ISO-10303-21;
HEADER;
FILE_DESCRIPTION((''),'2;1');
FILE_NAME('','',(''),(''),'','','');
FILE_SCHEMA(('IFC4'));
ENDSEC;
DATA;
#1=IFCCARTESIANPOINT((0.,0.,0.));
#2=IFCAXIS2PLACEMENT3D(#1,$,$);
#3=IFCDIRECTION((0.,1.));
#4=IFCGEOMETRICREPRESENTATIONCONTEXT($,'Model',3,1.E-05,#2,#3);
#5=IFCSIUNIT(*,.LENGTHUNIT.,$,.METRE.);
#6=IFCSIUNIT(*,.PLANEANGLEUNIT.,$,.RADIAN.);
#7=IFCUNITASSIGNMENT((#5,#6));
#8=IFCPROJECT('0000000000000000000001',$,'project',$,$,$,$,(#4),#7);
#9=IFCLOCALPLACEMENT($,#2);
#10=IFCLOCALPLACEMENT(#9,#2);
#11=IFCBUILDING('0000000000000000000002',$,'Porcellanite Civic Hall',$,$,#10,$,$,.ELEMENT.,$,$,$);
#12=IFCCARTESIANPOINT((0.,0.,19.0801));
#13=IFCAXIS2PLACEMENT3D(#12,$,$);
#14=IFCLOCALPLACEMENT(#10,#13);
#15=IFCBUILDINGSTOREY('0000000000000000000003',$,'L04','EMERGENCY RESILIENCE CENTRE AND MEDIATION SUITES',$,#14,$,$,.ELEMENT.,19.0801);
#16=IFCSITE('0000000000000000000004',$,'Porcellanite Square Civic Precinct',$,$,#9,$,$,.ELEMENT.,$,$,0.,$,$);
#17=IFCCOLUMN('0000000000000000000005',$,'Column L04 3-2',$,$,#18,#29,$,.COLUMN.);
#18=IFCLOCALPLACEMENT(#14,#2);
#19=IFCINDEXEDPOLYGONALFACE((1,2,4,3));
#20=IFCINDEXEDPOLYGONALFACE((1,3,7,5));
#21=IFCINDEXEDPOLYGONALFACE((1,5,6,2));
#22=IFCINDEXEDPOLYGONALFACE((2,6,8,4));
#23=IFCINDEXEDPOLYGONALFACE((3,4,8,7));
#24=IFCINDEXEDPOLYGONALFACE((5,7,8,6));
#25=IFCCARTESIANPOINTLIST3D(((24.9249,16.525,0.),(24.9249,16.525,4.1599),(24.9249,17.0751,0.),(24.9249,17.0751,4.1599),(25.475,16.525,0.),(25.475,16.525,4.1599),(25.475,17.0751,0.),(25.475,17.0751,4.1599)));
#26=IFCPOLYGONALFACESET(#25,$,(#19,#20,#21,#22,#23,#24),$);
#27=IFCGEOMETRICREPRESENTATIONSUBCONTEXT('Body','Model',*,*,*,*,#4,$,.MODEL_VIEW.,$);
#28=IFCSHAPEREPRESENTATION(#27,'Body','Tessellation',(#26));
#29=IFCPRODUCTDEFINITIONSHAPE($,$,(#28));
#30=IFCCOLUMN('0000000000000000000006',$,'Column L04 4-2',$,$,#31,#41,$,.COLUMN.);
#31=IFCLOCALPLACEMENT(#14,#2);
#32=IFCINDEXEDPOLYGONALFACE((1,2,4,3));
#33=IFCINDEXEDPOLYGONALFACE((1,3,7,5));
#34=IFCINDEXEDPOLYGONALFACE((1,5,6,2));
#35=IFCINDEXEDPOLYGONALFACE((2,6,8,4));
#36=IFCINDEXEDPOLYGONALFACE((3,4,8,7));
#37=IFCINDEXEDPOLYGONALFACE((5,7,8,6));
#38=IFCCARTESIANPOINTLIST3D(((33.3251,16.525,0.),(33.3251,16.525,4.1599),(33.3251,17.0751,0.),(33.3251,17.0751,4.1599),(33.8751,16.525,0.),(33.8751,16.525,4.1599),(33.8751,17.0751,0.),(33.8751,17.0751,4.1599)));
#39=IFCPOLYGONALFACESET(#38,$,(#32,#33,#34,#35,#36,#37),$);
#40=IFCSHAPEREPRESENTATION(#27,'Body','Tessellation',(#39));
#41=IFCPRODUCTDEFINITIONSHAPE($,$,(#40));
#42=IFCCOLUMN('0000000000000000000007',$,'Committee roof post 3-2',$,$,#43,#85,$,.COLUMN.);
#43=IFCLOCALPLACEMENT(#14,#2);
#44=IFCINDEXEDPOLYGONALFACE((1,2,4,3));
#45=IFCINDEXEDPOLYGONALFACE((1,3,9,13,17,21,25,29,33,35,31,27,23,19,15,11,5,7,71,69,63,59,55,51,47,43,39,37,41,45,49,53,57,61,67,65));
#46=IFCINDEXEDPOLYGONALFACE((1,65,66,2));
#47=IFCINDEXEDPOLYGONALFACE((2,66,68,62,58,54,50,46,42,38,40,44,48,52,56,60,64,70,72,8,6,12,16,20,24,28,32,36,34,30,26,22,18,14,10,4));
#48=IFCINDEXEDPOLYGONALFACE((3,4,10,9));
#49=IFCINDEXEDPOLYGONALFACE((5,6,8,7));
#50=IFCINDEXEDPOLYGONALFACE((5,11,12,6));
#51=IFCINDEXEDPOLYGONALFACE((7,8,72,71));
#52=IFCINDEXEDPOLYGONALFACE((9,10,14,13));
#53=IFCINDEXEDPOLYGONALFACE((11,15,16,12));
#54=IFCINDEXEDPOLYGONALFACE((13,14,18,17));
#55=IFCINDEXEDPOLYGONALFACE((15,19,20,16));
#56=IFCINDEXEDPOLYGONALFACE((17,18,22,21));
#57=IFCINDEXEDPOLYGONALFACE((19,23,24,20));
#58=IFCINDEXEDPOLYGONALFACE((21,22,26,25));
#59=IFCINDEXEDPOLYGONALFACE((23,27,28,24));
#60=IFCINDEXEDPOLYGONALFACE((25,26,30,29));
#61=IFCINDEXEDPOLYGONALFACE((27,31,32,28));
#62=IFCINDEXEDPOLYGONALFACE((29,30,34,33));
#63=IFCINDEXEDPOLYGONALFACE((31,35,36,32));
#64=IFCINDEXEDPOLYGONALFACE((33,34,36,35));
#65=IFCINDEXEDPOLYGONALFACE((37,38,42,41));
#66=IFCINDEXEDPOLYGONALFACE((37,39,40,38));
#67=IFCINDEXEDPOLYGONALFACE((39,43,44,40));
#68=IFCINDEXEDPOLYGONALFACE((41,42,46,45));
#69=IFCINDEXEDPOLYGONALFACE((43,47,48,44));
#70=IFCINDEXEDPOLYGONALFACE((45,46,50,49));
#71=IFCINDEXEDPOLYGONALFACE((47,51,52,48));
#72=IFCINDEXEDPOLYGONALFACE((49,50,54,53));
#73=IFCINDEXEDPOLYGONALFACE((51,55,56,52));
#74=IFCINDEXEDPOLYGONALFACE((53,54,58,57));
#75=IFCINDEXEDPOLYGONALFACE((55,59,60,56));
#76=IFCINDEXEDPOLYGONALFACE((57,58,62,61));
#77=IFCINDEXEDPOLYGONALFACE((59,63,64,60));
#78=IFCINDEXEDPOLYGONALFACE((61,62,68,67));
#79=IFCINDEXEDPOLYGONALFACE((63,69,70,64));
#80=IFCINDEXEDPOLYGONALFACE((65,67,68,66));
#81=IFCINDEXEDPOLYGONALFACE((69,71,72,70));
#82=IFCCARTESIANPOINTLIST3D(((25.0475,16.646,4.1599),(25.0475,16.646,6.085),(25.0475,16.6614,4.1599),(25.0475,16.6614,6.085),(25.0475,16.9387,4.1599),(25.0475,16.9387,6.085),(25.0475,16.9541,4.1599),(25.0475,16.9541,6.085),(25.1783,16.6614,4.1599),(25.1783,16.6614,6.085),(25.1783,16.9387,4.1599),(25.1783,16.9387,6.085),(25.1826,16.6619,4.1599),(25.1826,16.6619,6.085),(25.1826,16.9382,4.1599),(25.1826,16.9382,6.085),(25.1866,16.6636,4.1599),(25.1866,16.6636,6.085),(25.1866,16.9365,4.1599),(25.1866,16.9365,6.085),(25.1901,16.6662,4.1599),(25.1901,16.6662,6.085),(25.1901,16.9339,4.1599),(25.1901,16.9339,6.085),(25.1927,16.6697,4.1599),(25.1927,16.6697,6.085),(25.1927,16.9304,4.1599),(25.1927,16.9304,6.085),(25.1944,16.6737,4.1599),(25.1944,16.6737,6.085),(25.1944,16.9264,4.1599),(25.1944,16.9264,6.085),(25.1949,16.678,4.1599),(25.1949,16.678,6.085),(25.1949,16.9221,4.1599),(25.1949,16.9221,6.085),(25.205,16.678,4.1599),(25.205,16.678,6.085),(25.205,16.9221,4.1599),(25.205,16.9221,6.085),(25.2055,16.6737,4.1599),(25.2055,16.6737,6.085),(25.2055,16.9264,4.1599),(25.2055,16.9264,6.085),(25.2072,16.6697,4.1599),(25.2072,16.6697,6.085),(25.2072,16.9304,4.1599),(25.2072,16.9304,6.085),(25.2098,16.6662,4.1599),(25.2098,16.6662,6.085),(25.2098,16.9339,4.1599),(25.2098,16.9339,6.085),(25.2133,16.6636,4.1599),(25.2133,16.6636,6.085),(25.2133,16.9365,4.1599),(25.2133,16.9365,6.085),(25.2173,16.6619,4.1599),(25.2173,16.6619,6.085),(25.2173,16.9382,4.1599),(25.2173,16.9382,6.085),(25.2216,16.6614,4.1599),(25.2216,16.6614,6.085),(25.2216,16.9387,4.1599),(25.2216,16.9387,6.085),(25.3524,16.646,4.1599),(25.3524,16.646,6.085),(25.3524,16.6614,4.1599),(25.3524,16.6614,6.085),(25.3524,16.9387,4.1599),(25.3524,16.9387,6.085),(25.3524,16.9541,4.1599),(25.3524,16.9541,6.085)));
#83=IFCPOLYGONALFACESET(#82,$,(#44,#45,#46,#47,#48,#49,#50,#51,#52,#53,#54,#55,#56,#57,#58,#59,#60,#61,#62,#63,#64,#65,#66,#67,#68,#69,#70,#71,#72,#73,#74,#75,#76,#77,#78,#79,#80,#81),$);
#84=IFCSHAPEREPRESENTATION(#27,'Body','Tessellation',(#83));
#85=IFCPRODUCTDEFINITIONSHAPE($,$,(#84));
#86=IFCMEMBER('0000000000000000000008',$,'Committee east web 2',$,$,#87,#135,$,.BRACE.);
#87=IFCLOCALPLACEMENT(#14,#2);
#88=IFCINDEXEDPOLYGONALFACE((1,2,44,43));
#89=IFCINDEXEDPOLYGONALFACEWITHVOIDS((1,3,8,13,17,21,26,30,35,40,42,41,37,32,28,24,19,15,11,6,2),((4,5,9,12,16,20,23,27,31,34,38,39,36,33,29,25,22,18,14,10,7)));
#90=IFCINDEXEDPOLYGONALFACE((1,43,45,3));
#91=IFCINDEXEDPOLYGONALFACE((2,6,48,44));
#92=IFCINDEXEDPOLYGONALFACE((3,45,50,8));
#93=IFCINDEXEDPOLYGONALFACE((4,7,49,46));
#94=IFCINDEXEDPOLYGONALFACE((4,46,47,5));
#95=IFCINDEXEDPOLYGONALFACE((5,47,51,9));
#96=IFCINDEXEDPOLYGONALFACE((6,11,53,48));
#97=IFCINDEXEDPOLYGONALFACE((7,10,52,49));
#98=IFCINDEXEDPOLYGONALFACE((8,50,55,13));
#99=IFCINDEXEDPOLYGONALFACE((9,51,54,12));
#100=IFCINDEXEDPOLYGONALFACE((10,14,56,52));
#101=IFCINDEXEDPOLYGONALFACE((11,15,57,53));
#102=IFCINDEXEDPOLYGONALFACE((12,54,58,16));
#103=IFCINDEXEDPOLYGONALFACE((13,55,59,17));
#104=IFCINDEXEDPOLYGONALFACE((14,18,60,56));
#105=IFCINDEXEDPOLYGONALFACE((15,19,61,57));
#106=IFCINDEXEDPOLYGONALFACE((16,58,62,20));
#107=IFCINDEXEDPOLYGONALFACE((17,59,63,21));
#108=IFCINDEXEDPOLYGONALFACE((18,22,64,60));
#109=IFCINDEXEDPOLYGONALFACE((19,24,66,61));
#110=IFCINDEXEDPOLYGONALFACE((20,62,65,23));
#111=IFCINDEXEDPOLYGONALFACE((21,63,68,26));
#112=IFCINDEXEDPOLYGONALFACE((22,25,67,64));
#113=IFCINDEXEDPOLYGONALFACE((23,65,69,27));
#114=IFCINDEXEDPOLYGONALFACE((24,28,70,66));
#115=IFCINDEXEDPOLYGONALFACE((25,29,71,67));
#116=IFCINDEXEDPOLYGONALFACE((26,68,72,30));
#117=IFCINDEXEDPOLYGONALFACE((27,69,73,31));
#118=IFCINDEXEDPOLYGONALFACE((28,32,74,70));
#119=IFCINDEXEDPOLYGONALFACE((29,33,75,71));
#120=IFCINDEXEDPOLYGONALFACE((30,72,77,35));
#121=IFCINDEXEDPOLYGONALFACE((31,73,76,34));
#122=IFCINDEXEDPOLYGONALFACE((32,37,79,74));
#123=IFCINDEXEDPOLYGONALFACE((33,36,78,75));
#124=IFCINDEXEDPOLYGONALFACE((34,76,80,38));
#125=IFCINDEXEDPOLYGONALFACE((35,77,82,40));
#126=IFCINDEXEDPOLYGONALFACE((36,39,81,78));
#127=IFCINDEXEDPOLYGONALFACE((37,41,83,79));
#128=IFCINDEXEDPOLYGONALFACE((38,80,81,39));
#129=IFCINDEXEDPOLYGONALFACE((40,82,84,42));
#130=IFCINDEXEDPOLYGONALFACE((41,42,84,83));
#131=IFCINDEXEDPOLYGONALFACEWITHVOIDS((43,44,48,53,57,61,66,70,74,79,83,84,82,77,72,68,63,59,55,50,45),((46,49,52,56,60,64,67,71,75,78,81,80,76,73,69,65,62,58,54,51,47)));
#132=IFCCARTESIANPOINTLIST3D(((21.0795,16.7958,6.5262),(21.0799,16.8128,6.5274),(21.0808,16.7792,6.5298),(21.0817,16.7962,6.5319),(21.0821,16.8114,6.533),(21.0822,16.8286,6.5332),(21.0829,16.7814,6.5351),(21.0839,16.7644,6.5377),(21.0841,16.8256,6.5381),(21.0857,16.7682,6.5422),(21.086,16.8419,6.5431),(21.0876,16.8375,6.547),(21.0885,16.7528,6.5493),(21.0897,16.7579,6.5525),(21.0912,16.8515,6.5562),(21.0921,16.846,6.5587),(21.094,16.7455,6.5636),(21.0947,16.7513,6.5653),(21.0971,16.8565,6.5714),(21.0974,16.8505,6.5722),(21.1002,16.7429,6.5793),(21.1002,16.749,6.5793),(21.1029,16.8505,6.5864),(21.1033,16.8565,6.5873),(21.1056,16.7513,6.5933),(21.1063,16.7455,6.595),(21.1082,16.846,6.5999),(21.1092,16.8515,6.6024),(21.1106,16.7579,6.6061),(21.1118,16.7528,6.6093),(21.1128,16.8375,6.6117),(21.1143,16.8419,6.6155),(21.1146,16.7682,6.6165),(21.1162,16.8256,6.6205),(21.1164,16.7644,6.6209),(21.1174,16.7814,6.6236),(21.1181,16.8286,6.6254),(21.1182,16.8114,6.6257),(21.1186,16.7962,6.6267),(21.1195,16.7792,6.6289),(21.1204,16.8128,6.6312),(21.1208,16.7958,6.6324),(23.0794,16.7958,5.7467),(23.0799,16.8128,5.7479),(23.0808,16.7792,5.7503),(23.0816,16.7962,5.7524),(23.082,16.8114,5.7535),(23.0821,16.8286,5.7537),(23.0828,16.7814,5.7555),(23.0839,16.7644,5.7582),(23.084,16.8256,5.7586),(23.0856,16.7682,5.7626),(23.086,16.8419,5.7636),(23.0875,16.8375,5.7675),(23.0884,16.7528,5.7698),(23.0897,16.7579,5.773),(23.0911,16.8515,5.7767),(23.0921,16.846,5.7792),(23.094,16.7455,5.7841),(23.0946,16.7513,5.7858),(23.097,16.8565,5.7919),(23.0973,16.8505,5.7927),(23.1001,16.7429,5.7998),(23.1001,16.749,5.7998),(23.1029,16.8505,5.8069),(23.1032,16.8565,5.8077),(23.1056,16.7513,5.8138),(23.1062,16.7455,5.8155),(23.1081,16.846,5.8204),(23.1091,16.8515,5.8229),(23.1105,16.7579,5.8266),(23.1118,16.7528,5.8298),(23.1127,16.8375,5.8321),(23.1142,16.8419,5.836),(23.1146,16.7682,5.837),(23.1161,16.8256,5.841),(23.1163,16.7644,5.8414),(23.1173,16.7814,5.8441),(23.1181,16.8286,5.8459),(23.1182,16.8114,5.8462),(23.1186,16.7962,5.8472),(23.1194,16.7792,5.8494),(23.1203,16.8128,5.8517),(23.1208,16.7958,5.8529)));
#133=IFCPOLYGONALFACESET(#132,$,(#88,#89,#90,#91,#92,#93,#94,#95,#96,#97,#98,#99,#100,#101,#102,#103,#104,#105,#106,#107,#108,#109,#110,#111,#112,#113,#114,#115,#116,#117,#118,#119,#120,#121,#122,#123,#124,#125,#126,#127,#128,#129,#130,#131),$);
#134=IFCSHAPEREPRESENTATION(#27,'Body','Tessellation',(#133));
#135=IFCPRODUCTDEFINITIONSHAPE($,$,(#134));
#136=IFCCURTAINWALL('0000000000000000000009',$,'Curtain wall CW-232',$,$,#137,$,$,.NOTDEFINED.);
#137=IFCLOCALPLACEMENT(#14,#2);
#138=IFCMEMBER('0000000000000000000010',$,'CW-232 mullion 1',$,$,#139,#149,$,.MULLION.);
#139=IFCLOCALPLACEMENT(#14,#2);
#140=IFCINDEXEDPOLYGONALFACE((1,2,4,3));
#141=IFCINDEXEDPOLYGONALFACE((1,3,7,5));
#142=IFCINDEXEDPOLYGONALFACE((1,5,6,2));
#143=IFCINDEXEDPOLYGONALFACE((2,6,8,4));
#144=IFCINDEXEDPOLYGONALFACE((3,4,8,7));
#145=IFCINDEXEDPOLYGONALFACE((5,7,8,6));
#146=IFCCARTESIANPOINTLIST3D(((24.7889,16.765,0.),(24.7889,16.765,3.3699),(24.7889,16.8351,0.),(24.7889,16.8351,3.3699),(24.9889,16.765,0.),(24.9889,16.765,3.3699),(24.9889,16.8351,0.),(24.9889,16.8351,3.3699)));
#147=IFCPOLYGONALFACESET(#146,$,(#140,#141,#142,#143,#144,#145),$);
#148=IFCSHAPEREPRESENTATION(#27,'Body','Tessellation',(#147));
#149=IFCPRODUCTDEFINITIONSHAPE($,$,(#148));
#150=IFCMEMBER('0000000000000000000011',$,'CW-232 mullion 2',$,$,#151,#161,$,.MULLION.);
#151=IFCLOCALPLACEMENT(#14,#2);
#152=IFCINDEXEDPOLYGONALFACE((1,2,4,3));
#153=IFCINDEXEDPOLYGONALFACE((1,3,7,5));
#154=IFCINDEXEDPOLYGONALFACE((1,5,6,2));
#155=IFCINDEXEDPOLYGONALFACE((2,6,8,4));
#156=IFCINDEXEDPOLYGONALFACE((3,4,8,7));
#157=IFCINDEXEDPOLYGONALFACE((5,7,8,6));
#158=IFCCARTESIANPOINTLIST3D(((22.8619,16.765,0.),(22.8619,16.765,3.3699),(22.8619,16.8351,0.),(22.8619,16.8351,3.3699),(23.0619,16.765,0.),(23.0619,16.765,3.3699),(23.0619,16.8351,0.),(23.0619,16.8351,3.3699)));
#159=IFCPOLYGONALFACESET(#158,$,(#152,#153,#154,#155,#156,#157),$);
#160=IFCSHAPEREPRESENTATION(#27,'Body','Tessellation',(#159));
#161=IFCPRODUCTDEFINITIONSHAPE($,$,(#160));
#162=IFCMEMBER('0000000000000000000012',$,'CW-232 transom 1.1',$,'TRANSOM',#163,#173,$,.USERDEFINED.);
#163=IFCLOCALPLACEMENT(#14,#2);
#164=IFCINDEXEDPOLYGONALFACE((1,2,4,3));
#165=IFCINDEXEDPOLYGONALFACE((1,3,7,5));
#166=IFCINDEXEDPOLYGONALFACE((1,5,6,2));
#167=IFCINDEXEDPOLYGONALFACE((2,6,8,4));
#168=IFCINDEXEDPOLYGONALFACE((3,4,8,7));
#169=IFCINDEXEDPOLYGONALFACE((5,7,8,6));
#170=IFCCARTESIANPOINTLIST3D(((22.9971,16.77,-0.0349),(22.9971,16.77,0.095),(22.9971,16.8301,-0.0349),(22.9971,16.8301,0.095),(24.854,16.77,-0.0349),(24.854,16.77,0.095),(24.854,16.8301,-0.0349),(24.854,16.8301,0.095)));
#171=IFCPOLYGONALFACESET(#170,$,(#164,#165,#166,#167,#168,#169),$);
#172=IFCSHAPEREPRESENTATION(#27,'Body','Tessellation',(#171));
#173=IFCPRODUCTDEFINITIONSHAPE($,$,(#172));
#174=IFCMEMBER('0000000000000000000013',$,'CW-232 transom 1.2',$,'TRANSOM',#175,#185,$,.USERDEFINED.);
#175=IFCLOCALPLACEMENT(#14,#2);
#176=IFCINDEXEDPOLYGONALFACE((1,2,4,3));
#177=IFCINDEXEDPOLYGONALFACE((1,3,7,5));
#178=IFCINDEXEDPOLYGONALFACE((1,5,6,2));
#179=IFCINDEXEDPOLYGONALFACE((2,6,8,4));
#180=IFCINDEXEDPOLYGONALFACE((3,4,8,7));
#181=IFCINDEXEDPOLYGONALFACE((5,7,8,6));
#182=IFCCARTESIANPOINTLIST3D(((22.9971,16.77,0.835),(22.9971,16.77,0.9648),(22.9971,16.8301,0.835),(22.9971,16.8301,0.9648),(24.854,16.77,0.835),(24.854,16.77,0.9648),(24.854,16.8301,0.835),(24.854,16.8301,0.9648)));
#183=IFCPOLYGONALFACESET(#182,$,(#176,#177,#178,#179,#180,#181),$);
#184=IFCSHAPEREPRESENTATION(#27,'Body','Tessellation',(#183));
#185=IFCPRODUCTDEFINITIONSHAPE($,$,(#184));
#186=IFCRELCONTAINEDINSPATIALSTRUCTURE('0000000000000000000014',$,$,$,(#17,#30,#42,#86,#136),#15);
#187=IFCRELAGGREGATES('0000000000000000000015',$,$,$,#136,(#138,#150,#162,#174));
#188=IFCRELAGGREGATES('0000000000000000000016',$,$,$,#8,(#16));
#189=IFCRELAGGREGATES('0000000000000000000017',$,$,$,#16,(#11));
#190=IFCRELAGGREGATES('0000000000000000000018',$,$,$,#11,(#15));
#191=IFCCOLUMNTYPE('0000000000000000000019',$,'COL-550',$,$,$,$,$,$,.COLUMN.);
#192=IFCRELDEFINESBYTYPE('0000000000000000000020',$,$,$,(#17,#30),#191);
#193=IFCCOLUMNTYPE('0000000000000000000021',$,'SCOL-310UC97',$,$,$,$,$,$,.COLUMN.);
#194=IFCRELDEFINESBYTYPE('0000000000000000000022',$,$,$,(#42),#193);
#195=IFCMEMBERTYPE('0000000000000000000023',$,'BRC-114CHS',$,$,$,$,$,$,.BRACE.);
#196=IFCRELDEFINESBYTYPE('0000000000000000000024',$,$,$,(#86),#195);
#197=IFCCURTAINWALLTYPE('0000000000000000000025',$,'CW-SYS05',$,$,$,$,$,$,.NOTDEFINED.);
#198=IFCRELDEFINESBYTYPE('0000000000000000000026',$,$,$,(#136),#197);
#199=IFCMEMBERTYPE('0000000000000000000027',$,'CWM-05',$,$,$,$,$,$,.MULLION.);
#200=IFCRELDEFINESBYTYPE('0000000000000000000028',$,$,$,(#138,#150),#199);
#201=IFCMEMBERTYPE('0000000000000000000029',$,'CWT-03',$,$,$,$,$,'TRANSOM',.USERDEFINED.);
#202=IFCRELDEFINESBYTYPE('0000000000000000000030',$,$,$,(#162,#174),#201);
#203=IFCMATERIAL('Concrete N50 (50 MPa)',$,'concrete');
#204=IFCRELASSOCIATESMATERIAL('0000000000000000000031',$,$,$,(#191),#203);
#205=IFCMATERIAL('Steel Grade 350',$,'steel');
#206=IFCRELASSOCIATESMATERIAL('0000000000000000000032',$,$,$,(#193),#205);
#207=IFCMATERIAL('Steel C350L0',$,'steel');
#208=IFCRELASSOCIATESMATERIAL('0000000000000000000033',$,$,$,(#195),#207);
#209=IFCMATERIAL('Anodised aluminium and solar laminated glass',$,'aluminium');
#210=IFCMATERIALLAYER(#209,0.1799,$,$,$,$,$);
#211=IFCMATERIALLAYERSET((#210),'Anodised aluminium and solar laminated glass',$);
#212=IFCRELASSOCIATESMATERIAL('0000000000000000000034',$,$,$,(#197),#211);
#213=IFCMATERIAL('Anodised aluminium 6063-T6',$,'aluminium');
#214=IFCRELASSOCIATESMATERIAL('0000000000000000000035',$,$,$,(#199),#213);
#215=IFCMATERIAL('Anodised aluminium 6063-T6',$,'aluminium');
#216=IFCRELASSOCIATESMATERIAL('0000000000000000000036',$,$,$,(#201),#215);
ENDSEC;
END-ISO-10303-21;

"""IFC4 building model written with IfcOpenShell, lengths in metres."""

from ifc_helpers import new_model, si_unit, direction, frame, origin, origin_2d, place, context, subcontext, project, spatial, rectangle, hollow_circle, i_section, extrude, material, layer, layer_set, material_profile, profile_set, type_object, element, aggregate, save


model = new_model("IFC4")

# Units and contexts
model_context = context("Model", 3, precision=1e-05, world=origin(), true_north=direction((0.0, 1.0)))
body_context = subcontext(model_context, "Body", "Model", "MODEL_VIEW")
ifc_project = project(units=[si_unit("LENGTHUNIT", "METRE"), si_unit("PLANEANGLEUNIT", "RADIAN")], contexts=[model_context])

# Site, building, storey
site_placement = place(None, origin())
site = spatial("IfcSite", under=ifc_project, at=site_placement, Name="Porcellanite Square Civic Precinct", CompositionType="ELEMENT", RefElevation=0.0)
building_placement = place(site_placement, origin())
building = spatial("IfcBuilding", under=site, at=building_placement, Name="Porcellanite Civic Hall", CompositionType="ELEMENT")
storey_placement = place(building_placement, frame((0.0, 0.0, 19.0801)))
storey = spatial("IfcBuildingStorey", under=building, at=storey_placement, Name="L04", Description="EMERGENCY RESILIENCE CENTRE AND MEDIATION SUITES", CompositionType="ELEMENT", Elevation=19.0801)

# Columns
ifc_material_1 = material(Name="Concrete N50 (50 MPa)", Category="concrete")
ifc_material_profile_1 = material_profile(ifc_material_1, rectangle(XDim=0.55, YDim=0.55, at=origin_2d()), Name="RC-550x550")
ifc_profile_set_1 = profile_set([ifc_material_profile_1], Name="Concrete N50 (50 MPa)")
column_type_1 = type_object("IfcColumnType", Name="COL-550", PredefinedType="COLUMN", material=ifc_profile_set_1)
for number, where, z_axis, x_axis, name in (
    (1, (25.2, 16.8, 0.0), (0.0, 0.0, 1.0), (1.0, 0.0, 0.0), "Column L04 3-2"),
    (2, (33.6001, 16.8, 0.0), (0.0, 0.0, 1.0), (1.0, 0.0, 0.0), "Column L04 4-2"),
):
    element("IfcColumn", number, at=place(storey_placement, frame(where, z_axis=z_axis, x_axis=x_axis)), inside=storey, type_object=column_type_1, Name=name, PredefinedType="COLUMN", context=body_context, shape_type="SweptSolid", body=[
        extrude(rectangle(XDim=0.55, YDim=0.55, at=origin_2d()), origin(), (0.0, 0.0, 1.0), 4.1599),
    ])
ifc_material_2 = material(Name="Steel Grade 350", Category="steel")
ifc_material_profile_2 = material_profile(ifc_material_2, i_section(OverallWidth=0.3049, OverallDepth=0.3081, WebThickness=0.01, FlangeThickness=0.0154, FilletRadius=0.0166, at=origin_2d()), Name="310UC96.8")
ifc_profile_set_2 = profile_set([ifc_material_profile_2], Name="Steel Grade 350")
column_type_2 = type_object("IfcColumnType", Name="SCOL-310UC97", PredefinedType="COLUMN", material=ifc_profile_set_2)
column_placement = place(storey_placement, frame((25.2, 16.8, 4.1599), z_axis=(0.0, 0.0, 1.0), x_axis=(1.0, 0.0, 0.0)))
element("IfcColumn", 3, at=column_placement, inside=storey, type_object=column_type_2, Name="Committee roof post 3-2", PredefinedType="COLUMN", context=body_context, shape_type="SweptSolid", body=[
    extrude(i_section(OverallWidth=0.3049, OverallDepth=0.3081, WebThickness=0.01, FlangeThickness=0.0154, FilletRadius=0.0166, at=origin_2d()), origin(), (0.0, 0.0, 1.0), 1.925),
])

# Member
ifc_material_3 = material(Name="Steel C350L0", Category="steel")
ifc_material_profile_3 = material_profile(ifc_material_3, hollow_circle(Radius=0.0571, WallThickness=0.0061, at=origin_2d()), Name="114.3x6.0CHS")
ifc_profile_set_3 = profile_set([ifc_material_profile_3], Name="Steel C350L0")
member_type_1 = type_object("IfcMemberType", Name="BRC-114CHS", PredefinedType="BRACE", material=ifc_profile_set_3)
member_1_placement = place(storey_placement, frame((23.1001, 16.8, 5.7998), z_axis=(-0.931727, 0.0, 0.36316), x_axis=(0.0, -1.0, 0.0)))
element("IfcMember", 4, at=member_1_placement, inside=storey, type_object=member_type_1, Name="Committee east web 2", PredefinedType="BRACE", context=body_context, shape_type="SweptSolid", body=[
    extrude(hollow_circle(Radius=0.0571, WallThickness=0.0061, at=origin_2d()), origin(), (0.0, 0.0, 1.0), 2.1465),
])

# Curtain wall, members
ifc_material_4 = material(Name="Anodised aluminium and solar laminated glass", Category="aluminium")
ifc_layer_1 = layer(ifc_material_4, 0.1799)
ifc_layer_set_1 = layer_set([ifc_layer_1], Name="Anodised aluminium and solar laminated glass")
curtain_wall_type = type_object("IfcCurtainWallType", Name="CW-SYS05", PredefinedType="NOTDEFINED", material=ifc_layer_set_1)
curtain_wall_placement = place(storey_placement, origin())
curtain_wall = element("IfcCurtainWall", 5, at=curtain_wall_placement, inside=storey, type_object=curtain_wall_type, Name="Curtain wall CW-232", PredefinedType="NOTDEFINED")
ifc_material_5 = material(Name="Anodised aluminium 6063-T6", Category="aluminium")
ifc_material_profile_4 = material_profile(ifc_material_5, rectangle(XDim=0.0701, YDim=0.2, at=origin_2d()), Name="AL-70x200")
ifc_profile_set_4 = profile_set([ifc_material_profile_4], Name="Anodised aluminium 6063-T6")
member_type_2 = type_object("IfcMemberType", Name="CWM-05", PredefinedType="MULLION", material=ifc_profile_set_4)
member_2_placement = place(storey_placement, frame((24.8889, 16.8, 0.0), z_axis=(0.0, 0.0, 1.0), x_axis=(0.0, -1.0, 0.0)))
member_2 = element("IfcMember", 6, at=member_2_placement, type_object=member_type_2, Name="CW-232 mullion 1", PredefinedType="MULLION", context=body_context, shape_type="SweptSolid", body=[
    extrude(rectangle(XDim=0.0701, YDim=0.2, at=origin_2d()), origin(), (0.0, 0.0, 1.0), 3.3699),
])
member_3_placement = place(storey_placement, frame((22.9619, 16.8, 0.0), z_axis=(0.0, 0.0, 1.0), x_axis=(0.0, -1.0, 0.0)))
member_3 = element("IfcMember", 7, at=member_3_placement, type_object=member_type_2, Name="CW-232 mullion 2", PredefinedType="MULLION", context=body_context, shape_type="SweptSolid", body=[
    extrude(rectangle(XDim=0.0701, YDim=0.2, at=origin_2d()), origin(), (0.0, 0.0, 1.0), 3.3699),
])
ifc_material_6 = material(Name="Anodised aluminium 6063-T6", Category="aluminium")
ifc_material_profile_5 = material_profile(ifc_material_6, rectangle(XDim=0.0601, YDim=0.1299, at=origin_2d()), Name="AL-60x130")
ifc_profile_set_5 = profile_set([ifc_material_profile_5], Name="Anodised aluminium 6063-T6")
member_type_3 = type_object("IfcMemberType", Name="CWT-03", ElementType="TRANSOM", PredefinedType="USERDEFINED", material=ifc_profile_set_5)
member_4_placement = place(storey_placement, frame((24.854, 16.8, 0.03), z_axis=(-1.0, 0.0, 0.0), x_axis=(0.0, -1.0, 0.0)))
member_4 = element("IfcMember", 8, at=member_4_placement, type_object=member_type_3, Name="CW-232 transom 1.1", ObjectType="TRANSOM", PredefinedType="USERDEFINED", context=body_context, shape_type="SweptSolid", body=[
    extrude(rectangle(XDim=0.0601, YDim=0.1299, at=origin_2d()), origin(), (0.0, 0.0, 1.0), 1.8569),
])
member_5_placement = place(storey_placement, frame((24.854, 16.8, 0.8999), z_axis=(-1.0, 0.0, 0.0), x_axis=(0.0, -1.0, 0.0)))
member_5 = element("IfcMember", 9, at=member_5_placement, type_object=member_type_3, Name="CW-232 transom 1.2", ObjectType="TRANSOM", PredefinedType="USERDEFINED", context=body_context, shape_type="SweptSolid", body=[
    extrude(rectangle(XDim=0.0601, YDim=0.1299, at=origin_2d()), origin(), (0.0, 0.0, 1.0), 1.8569),
])

aggregate(curtain_wall, [member_2, member_3, member_4, member_5])

save(model, "model.ifc")
